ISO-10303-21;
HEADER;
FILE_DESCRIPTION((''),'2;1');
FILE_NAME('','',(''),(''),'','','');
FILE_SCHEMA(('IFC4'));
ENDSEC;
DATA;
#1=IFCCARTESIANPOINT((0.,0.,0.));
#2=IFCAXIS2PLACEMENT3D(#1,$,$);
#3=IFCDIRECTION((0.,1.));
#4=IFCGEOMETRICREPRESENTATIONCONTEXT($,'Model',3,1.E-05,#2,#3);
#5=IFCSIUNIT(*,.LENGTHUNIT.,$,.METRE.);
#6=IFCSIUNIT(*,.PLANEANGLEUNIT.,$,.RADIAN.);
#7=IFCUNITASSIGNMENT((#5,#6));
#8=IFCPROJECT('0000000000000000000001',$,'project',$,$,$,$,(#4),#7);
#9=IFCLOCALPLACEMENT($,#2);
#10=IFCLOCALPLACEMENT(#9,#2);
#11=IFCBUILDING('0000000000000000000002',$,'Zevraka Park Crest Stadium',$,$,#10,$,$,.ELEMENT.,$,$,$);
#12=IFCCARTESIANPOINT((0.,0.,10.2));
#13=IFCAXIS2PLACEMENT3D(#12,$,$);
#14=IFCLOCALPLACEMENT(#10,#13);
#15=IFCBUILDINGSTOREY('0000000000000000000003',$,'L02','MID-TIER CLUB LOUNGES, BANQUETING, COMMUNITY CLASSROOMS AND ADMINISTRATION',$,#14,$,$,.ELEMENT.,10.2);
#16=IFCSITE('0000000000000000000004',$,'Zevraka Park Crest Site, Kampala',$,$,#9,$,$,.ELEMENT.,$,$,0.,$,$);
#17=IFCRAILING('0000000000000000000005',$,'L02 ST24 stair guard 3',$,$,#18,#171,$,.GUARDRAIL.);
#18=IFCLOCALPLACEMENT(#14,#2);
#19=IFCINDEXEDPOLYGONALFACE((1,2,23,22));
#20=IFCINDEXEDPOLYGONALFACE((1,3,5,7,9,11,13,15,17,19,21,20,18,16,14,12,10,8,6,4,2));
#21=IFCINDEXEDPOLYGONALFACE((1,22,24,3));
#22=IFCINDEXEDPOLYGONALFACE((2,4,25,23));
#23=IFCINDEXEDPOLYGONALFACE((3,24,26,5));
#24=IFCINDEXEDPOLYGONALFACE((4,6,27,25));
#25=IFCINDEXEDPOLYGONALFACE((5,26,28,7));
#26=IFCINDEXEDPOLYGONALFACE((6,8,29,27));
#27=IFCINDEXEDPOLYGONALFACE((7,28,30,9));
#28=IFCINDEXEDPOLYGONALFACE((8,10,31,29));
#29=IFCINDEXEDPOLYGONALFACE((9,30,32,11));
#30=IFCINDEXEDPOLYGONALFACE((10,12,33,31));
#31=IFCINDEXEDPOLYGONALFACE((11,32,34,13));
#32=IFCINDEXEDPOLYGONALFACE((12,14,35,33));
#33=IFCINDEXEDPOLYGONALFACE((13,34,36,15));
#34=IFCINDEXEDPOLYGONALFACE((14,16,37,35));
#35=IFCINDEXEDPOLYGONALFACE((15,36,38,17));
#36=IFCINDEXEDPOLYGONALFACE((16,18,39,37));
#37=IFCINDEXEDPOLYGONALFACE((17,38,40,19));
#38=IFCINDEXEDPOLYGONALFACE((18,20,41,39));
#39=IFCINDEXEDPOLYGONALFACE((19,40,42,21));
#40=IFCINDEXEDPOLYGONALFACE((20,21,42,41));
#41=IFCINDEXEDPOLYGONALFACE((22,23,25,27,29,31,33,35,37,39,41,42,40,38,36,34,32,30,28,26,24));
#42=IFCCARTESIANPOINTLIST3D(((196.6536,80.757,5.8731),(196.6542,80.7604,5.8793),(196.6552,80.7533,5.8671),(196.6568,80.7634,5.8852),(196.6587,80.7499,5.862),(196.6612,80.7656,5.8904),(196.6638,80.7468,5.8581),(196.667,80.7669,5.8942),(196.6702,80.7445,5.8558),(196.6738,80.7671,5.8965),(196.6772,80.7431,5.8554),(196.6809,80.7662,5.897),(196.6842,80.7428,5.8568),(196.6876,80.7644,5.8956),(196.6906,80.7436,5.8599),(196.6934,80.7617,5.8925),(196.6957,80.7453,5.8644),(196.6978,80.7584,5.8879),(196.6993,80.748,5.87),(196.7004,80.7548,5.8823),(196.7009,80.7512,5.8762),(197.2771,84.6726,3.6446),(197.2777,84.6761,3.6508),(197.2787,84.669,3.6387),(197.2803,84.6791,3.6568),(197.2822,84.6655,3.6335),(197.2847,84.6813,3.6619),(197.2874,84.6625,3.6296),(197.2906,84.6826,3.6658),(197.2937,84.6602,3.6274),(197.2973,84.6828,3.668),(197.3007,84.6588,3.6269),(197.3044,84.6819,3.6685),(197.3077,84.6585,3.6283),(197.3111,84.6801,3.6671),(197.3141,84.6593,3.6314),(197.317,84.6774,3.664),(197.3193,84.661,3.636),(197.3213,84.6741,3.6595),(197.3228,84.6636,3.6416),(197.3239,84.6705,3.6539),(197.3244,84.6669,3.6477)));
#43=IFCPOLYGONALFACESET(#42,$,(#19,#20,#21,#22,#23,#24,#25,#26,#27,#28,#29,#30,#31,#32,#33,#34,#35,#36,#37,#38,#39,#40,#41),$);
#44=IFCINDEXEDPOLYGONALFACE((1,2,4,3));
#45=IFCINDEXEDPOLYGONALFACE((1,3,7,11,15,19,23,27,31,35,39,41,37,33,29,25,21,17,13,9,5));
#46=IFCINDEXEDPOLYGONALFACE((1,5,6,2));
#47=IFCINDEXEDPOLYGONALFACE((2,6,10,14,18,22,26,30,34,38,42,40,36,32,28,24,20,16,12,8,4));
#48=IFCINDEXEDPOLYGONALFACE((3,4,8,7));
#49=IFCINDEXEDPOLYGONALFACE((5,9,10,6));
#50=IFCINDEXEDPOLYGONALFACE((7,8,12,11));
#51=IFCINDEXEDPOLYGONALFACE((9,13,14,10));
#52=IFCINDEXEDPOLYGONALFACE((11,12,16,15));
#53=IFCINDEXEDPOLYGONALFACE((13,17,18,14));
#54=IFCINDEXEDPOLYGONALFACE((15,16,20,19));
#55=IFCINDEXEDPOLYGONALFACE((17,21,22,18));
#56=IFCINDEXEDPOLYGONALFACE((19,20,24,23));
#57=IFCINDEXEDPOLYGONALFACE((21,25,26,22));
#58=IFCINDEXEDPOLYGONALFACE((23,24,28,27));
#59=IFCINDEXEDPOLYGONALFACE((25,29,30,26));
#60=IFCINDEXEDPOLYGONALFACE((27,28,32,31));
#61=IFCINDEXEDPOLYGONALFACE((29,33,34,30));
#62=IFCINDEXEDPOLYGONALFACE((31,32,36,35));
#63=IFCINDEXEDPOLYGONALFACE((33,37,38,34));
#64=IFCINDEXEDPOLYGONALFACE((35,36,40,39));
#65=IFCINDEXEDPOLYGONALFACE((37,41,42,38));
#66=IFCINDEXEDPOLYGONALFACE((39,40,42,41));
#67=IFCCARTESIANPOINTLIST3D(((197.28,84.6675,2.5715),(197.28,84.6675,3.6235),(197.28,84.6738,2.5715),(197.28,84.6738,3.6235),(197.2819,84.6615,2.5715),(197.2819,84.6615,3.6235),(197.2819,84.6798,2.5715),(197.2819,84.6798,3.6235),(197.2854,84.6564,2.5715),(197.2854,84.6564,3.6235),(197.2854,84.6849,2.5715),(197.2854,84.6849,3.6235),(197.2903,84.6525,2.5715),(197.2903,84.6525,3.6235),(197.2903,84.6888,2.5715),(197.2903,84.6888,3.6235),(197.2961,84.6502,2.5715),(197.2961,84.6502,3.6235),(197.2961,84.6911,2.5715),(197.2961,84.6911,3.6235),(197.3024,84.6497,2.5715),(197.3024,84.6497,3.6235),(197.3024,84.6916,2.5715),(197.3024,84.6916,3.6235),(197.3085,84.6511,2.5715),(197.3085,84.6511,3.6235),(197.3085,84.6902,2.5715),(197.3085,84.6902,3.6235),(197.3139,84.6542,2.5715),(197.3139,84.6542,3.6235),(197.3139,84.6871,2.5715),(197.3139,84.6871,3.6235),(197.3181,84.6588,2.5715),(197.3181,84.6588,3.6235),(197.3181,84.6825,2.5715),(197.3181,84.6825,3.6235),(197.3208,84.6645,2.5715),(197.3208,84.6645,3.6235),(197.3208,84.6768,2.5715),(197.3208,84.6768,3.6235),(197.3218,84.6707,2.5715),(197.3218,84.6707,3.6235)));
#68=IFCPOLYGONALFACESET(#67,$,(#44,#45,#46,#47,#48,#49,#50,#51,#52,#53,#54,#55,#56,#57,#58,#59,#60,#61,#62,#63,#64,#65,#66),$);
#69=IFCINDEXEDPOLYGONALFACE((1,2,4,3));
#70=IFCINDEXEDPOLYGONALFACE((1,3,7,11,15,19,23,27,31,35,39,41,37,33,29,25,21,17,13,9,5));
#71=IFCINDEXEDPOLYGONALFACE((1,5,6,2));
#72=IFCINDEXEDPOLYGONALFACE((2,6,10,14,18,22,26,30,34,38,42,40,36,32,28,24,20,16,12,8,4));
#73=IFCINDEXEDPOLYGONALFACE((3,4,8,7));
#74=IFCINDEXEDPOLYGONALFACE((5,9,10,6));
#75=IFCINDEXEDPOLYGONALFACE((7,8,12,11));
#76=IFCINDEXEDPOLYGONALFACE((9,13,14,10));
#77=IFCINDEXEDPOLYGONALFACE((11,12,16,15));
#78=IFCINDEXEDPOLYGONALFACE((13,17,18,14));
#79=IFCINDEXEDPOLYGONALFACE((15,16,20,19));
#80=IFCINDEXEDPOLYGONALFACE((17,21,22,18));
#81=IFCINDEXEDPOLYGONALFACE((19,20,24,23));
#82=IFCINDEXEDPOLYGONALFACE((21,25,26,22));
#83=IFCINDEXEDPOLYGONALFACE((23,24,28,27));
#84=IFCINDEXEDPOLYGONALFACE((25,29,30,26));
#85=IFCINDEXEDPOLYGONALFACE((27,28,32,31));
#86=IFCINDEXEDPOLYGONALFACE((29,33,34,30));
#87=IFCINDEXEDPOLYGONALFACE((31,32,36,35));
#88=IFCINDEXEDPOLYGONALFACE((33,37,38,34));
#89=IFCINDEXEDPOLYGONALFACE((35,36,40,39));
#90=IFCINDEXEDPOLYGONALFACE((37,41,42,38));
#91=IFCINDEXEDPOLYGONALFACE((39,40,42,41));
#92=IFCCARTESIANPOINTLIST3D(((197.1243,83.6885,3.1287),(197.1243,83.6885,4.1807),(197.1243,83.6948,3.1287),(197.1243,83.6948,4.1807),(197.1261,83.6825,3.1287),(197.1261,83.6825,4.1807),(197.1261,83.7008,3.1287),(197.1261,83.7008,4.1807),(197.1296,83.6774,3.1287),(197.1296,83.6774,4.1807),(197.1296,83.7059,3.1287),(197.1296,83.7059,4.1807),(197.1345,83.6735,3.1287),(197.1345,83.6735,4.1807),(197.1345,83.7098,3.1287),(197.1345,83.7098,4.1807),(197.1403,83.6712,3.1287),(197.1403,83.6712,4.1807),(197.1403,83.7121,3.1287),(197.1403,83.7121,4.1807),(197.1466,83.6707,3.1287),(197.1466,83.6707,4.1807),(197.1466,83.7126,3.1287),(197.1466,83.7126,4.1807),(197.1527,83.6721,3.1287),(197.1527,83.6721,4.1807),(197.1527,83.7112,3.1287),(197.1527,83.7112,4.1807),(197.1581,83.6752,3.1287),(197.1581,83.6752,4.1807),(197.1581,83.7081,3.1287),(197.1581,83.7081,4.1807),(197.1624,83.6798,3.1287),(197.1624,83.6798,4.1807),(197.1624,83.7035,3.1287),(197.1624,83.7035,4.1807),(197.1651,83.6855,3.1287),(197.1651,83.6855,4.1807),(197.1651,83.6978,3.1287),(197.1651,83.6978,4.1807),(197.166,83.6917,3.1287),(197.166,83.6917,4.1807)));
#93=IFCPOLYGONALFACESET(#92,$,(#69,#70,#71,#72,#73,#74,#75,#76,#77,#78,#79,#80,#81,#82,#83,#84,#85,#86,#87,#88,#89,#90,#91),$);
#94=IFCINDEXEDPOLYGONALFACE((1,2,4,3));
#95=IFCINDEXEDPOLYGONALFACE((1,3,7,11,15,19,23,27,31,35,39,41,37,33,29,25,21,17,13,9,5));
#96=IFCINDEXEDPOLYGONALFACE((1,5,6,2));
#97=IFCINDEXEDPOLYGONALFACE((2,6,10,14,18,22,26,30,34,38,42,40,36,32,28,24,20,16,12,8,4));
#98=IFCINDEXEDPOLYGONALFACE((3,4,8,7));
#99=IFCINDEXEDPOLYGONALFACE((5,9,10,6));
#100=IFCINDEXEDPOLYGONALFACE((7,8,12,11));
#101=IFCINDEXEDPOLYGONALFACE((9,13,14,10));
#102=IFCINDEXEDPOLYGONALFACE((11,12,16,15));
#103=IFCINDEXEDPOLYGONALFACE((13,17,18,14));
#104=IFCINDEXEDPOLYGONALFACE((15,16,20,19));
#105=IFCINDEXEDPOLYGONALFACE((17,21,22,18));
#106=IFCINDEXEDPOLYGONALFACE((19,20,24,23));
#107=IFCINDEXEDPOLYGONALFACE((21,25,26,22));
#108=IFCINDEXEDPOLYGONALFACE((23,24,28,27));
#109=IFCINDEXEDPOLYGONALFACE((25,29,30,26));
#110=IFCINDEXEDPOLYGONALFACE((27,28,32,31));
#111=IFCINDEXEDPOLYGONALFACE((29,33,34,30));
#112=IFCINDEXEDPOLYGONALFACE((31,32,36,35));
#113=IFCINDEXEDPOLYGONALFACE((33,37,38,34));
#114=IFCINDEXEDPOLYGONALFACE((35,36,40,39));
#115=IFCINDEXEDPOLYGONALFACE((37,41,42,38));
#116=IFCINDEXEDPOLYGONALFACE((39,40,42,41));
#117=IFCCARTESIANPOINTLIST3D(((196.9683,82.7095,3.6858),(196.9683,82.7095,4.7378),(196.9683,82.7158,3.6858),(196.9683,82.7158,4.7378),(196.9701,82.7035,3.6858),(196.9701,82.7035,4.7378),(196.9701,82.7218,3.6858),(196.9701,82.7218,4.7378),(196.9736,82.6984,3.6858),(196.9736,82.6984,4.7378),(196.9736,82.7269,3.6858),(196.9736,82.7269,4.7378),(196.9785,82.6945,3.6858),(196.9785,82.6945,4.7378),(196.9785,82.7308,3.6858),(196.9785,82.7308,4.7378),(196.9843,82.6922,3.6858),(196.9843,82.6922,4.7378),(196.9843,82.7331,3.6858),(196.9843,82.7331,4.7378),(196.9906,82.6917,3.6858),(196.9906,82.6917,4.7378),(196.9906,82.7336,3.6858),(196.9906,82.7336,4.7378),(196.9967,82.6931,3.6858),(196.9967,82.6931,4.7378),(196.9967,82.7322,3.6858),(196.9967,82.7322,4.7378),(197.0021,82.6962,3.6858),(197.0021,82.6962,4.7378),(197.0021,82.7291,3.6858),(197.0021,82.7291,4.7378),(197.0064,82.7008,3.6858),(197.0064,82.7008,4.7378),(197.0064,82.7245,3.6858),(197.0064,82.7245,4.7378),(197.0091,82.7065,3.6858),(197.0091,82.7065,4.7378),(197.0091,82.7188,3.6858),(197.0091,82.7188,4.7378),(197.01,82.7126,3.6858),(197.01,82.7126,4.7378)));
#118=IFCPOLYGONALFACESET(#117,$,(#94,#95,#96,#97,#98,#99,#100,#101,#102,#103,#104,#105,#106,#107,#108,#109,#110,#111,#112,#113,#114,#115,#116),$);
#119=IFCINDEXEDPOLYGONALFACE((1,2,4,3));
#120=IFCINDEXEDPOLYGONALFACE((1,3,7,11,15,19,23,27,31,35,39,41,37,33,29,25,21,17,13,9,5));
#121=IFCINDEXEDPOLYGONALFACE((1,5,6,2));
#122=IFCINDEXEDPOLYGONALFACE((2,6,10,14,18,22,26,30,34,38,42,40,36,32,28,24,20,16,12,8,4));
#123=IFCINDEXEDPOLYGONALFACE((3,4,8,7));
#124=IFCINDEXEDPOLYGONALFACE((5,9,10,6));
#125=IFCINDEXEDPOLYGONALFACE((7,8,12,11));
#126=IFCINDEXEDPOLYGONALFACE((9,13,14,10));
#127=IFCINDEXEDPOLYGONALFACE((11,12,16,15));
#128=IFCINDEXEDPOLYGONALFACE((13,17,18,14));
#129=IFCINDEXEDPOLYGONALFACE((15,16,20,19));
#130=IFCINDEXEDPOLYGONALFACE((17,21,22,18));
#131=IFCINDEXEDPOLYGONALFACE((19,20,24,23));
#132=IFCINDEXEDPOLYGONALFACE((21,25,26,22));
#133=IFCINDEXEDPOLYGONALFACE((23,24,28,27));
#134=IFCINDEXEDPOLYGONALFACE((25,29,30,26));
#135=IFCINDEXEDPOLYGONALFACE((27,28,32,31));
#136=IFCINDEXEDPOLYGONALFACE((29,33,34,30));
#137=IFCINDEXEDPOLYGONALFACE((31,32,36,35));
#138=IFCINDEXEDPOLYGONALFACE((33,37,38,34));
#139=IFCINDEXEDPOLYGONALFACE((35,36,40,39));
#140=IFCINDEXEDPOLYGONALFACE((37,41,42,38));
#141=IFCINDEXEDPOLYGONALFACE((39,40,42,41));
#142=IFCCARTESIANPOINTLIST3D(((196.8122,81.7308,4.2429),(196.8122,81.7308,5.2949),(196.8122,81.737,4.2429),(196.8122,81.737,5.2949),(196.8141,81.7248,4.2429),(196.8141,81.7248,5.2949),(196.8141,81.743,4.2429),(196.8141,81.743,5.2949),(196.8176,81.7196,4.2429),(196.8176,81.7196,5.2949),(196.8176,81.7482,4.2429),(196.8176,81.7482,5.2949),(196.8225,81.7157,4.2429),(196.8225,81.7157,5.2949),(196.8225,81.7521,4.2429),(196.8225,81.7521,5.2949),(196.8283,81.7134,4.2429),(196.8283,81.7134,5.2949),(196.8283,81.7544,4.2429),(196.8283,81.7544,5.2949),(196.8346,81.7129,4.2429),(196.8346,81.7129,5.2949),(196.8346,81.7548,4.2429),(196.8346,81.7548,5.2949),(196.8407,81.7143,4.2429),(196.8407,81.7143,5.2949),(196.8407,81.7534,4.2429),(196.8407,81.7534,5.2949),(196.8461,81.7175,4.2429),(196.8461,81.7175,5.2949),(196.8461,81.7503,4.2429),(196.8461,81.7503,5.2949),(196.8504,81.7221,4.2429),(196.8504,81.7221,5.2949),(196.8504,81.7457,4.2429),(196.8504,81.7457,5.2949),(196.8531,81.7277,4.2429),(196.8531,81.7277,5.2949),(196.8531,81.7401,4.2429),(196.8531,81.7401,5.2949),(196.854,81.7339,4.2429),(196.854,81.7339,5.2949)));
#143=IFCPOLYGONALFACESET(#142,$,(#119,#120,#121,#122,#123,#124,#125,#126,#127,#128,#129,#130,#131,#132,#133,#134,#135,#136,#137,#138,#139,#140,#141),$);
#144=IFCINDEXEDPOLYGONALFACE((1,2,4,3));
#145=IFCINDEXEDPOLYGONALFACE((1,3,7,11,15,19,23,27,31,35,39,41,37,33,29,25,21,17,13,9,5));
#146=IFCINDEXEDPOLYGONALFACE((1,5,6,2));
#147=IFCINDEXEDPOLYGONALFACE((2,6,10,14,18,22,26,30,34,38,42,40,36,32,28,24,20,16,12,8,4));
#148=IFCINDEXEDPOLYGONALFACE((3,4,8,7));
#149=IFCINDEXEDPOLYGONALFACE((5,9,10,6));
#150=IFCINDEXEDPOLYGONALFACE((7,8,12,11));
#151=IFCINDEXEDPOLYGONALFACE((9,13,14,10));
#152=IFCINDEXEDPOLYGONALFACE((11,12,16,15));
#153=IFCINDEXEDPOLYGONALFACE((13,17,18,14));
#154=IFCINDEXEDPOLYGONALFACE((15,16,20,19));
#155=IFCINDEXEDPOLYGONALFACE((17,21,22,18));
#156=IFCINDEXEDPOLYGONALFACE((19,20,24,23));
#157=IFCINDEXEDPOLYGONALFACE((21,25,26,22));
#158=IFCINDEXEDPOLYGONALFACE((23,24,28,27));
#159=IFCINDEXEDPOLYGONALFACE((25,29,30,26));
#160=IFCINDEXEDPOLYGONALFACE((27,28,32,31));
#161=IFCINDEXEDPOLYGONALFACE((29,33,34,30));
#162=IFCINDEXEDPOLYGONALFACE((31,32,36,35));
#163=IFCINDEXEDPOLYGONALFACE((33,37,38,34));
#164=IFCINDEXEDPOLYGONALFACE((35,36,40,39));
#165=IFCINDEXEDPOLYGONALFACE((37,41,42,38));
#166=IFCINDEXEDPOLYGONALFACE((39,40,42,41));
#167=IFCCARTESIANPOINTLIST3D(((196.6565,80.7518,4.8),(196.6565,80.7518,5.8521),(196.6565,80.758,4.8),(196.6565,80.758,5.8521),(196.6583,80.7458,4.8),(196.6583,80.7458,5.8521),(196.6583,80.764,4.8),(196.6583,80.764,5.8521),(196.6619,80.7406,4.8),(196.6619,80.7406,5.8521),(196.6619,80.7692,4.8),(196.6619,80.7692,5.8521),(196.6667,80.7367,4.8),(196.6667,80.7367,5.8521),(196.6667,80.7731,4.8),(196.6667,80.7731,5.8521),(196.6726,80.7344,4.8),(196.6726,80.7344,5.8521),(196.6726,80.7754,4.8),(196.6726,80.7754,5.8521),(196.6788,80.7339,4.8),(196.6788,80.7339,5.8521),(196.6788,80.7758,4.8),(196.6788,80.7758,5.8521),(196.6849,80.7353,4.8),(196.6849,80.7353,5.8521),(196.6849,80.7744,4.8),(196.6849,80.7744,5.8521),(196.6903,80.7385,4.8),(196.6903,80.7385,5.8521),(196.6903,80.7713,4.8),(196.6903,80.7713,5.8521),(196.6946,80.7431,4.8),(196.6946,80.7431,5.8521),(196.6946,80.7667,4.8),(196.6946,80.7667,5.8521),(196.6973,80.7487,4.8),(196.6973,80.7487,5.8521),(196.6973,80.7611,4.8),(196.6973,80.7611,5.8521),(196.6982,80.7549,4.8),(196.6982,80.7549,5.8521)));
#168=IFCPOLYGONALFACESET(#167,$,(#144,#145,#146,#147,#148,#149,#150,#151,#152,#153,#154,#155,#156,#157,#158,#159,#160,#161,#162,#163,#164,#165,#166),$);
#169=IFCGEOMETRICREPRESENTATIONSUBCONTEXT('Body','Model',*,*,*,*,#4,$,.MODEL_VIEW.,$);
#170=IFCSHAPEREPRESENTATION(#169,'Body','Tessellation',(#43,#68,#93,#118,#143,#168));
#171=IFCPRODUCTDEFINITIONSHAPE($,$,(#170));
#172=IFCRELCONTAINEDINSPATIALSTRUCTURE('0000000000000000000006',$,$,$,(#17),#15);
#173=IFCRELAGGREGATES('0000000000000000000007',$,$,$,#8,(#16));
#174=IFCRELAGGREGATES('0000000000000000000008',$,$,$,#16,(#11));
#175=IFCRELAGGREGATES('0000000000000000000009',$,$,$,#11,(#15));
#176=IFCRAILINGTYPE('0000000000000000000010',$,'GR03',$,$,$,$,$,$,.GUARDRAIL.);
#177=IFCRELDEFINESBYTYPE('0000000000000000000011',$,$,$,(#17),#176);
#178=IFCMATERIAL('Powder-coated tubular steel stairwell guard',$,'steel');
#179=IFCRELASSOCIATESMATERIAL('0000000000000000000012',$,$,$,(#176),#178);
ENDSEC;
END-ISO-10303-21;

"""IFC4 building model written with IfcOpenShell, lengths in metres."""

from ifc_helpers import new_model, si_unit, direction, frame, origin, origin_2d, place, context, subcontext, project, spatial, circle, extrude, material, type_object, element, save


model = new_model("IFC4")

# Units and contexts
model_context = context("Model", 3, precision=1e-05, world=origin(), true_north=direction((0.0, 1.0)))
body_context = subcontext(model_context, "Body", "Model", "MODEL_VIEW")
ifc_project = project(units=[si_unit("LENGTHUNIT", "METRE"), si_unit("PLANEANGLEUNIT", "RADIAN")], contexts=[model_context])

# Site, building, storey
site_placement = place(None, origin())
site = spatial("IfcSite", under=ifc_project, at=site_placement, Name="Zevraka Park Crest Site, Kampala", CompositionType="ELEMENT", RefElevation=0.0)
building_placement = place(site_placement, origin())
building = spatial("IfcBuilding", under=site, at=building_placement, Name="Zevraka Park Crest Stadium", CompositionType="ELEMENT")
storey_placement = place(building_placement, frame((0.0, 0.0, 10.2)))
storey = spatial("IfcBuildingStorey", under=building, at=storey_placement, Name="L02", Description="MID-TIER CLUB LOUNGES, BANQUETING, COMMUNITY CLASSROOMS AND ADMINISTRATION", CompositionType="ELEMENT", Elevation=10.2)

# Railing
ifc_material_1 = material(Name="Powder-coated tubular steel stairwell guard", Category="steel")
railing_type_1 = type_object("IfcRailingType", Name="GR03", PredefinedType="GUARDRAIL", material=ifc_material_1)
railing_1_placement = place(storey_placement, frame((197.3008, 84.6707, 2.5715)))
element("IfcRailing", 1, at=railing_1_placement, inside=storey, type_object=railing_type_1, Name="L02 ST24 stair guard 3", PredefinedType="GUARDRAIL", context=body_context, shape_type="SweptSolid", body=[
    extrude(circle(Radius=0.0239, at=origin_2d()), frame((0.0, 0.0, 1.0762), z_axis=(-0.137088, -0.860903, 0.489951), x_axis=(0.987558, -0.157256, 0.0)), (0.0, 0.0, 1.0), 4.5483),
    extrude(circle(Radius=0.021, at=origin_2d()), origin(), (0.0, 0.0, 1.0), 1.052),
    extrude(circle(Radius=0.021, at=origin_2d()), frame((-0.1558, -0.979, 0.5571)), (0.0, 0.0, 1.0), 1.052),
    extrude(circle(Radius=0.021, at=origin_2d()), frame((-0.3118, -1.958, 1.1143)), (0.0, 0.0, 1.0), 1.052),
    extrude(circle(Radius=0.021, at=origin_2d()), frame((-0.4678, -2.9368, 1.6714)), (0.0, 0.0, 1.0), 1.052),
    extrude(circle(Radius=0.021, at=origin_2d()), frame((-0.6235, -3.9158, 2.2285)), (0.0, 0.0, 1.0), 1.052),
])

save(model, "model.ifc")
